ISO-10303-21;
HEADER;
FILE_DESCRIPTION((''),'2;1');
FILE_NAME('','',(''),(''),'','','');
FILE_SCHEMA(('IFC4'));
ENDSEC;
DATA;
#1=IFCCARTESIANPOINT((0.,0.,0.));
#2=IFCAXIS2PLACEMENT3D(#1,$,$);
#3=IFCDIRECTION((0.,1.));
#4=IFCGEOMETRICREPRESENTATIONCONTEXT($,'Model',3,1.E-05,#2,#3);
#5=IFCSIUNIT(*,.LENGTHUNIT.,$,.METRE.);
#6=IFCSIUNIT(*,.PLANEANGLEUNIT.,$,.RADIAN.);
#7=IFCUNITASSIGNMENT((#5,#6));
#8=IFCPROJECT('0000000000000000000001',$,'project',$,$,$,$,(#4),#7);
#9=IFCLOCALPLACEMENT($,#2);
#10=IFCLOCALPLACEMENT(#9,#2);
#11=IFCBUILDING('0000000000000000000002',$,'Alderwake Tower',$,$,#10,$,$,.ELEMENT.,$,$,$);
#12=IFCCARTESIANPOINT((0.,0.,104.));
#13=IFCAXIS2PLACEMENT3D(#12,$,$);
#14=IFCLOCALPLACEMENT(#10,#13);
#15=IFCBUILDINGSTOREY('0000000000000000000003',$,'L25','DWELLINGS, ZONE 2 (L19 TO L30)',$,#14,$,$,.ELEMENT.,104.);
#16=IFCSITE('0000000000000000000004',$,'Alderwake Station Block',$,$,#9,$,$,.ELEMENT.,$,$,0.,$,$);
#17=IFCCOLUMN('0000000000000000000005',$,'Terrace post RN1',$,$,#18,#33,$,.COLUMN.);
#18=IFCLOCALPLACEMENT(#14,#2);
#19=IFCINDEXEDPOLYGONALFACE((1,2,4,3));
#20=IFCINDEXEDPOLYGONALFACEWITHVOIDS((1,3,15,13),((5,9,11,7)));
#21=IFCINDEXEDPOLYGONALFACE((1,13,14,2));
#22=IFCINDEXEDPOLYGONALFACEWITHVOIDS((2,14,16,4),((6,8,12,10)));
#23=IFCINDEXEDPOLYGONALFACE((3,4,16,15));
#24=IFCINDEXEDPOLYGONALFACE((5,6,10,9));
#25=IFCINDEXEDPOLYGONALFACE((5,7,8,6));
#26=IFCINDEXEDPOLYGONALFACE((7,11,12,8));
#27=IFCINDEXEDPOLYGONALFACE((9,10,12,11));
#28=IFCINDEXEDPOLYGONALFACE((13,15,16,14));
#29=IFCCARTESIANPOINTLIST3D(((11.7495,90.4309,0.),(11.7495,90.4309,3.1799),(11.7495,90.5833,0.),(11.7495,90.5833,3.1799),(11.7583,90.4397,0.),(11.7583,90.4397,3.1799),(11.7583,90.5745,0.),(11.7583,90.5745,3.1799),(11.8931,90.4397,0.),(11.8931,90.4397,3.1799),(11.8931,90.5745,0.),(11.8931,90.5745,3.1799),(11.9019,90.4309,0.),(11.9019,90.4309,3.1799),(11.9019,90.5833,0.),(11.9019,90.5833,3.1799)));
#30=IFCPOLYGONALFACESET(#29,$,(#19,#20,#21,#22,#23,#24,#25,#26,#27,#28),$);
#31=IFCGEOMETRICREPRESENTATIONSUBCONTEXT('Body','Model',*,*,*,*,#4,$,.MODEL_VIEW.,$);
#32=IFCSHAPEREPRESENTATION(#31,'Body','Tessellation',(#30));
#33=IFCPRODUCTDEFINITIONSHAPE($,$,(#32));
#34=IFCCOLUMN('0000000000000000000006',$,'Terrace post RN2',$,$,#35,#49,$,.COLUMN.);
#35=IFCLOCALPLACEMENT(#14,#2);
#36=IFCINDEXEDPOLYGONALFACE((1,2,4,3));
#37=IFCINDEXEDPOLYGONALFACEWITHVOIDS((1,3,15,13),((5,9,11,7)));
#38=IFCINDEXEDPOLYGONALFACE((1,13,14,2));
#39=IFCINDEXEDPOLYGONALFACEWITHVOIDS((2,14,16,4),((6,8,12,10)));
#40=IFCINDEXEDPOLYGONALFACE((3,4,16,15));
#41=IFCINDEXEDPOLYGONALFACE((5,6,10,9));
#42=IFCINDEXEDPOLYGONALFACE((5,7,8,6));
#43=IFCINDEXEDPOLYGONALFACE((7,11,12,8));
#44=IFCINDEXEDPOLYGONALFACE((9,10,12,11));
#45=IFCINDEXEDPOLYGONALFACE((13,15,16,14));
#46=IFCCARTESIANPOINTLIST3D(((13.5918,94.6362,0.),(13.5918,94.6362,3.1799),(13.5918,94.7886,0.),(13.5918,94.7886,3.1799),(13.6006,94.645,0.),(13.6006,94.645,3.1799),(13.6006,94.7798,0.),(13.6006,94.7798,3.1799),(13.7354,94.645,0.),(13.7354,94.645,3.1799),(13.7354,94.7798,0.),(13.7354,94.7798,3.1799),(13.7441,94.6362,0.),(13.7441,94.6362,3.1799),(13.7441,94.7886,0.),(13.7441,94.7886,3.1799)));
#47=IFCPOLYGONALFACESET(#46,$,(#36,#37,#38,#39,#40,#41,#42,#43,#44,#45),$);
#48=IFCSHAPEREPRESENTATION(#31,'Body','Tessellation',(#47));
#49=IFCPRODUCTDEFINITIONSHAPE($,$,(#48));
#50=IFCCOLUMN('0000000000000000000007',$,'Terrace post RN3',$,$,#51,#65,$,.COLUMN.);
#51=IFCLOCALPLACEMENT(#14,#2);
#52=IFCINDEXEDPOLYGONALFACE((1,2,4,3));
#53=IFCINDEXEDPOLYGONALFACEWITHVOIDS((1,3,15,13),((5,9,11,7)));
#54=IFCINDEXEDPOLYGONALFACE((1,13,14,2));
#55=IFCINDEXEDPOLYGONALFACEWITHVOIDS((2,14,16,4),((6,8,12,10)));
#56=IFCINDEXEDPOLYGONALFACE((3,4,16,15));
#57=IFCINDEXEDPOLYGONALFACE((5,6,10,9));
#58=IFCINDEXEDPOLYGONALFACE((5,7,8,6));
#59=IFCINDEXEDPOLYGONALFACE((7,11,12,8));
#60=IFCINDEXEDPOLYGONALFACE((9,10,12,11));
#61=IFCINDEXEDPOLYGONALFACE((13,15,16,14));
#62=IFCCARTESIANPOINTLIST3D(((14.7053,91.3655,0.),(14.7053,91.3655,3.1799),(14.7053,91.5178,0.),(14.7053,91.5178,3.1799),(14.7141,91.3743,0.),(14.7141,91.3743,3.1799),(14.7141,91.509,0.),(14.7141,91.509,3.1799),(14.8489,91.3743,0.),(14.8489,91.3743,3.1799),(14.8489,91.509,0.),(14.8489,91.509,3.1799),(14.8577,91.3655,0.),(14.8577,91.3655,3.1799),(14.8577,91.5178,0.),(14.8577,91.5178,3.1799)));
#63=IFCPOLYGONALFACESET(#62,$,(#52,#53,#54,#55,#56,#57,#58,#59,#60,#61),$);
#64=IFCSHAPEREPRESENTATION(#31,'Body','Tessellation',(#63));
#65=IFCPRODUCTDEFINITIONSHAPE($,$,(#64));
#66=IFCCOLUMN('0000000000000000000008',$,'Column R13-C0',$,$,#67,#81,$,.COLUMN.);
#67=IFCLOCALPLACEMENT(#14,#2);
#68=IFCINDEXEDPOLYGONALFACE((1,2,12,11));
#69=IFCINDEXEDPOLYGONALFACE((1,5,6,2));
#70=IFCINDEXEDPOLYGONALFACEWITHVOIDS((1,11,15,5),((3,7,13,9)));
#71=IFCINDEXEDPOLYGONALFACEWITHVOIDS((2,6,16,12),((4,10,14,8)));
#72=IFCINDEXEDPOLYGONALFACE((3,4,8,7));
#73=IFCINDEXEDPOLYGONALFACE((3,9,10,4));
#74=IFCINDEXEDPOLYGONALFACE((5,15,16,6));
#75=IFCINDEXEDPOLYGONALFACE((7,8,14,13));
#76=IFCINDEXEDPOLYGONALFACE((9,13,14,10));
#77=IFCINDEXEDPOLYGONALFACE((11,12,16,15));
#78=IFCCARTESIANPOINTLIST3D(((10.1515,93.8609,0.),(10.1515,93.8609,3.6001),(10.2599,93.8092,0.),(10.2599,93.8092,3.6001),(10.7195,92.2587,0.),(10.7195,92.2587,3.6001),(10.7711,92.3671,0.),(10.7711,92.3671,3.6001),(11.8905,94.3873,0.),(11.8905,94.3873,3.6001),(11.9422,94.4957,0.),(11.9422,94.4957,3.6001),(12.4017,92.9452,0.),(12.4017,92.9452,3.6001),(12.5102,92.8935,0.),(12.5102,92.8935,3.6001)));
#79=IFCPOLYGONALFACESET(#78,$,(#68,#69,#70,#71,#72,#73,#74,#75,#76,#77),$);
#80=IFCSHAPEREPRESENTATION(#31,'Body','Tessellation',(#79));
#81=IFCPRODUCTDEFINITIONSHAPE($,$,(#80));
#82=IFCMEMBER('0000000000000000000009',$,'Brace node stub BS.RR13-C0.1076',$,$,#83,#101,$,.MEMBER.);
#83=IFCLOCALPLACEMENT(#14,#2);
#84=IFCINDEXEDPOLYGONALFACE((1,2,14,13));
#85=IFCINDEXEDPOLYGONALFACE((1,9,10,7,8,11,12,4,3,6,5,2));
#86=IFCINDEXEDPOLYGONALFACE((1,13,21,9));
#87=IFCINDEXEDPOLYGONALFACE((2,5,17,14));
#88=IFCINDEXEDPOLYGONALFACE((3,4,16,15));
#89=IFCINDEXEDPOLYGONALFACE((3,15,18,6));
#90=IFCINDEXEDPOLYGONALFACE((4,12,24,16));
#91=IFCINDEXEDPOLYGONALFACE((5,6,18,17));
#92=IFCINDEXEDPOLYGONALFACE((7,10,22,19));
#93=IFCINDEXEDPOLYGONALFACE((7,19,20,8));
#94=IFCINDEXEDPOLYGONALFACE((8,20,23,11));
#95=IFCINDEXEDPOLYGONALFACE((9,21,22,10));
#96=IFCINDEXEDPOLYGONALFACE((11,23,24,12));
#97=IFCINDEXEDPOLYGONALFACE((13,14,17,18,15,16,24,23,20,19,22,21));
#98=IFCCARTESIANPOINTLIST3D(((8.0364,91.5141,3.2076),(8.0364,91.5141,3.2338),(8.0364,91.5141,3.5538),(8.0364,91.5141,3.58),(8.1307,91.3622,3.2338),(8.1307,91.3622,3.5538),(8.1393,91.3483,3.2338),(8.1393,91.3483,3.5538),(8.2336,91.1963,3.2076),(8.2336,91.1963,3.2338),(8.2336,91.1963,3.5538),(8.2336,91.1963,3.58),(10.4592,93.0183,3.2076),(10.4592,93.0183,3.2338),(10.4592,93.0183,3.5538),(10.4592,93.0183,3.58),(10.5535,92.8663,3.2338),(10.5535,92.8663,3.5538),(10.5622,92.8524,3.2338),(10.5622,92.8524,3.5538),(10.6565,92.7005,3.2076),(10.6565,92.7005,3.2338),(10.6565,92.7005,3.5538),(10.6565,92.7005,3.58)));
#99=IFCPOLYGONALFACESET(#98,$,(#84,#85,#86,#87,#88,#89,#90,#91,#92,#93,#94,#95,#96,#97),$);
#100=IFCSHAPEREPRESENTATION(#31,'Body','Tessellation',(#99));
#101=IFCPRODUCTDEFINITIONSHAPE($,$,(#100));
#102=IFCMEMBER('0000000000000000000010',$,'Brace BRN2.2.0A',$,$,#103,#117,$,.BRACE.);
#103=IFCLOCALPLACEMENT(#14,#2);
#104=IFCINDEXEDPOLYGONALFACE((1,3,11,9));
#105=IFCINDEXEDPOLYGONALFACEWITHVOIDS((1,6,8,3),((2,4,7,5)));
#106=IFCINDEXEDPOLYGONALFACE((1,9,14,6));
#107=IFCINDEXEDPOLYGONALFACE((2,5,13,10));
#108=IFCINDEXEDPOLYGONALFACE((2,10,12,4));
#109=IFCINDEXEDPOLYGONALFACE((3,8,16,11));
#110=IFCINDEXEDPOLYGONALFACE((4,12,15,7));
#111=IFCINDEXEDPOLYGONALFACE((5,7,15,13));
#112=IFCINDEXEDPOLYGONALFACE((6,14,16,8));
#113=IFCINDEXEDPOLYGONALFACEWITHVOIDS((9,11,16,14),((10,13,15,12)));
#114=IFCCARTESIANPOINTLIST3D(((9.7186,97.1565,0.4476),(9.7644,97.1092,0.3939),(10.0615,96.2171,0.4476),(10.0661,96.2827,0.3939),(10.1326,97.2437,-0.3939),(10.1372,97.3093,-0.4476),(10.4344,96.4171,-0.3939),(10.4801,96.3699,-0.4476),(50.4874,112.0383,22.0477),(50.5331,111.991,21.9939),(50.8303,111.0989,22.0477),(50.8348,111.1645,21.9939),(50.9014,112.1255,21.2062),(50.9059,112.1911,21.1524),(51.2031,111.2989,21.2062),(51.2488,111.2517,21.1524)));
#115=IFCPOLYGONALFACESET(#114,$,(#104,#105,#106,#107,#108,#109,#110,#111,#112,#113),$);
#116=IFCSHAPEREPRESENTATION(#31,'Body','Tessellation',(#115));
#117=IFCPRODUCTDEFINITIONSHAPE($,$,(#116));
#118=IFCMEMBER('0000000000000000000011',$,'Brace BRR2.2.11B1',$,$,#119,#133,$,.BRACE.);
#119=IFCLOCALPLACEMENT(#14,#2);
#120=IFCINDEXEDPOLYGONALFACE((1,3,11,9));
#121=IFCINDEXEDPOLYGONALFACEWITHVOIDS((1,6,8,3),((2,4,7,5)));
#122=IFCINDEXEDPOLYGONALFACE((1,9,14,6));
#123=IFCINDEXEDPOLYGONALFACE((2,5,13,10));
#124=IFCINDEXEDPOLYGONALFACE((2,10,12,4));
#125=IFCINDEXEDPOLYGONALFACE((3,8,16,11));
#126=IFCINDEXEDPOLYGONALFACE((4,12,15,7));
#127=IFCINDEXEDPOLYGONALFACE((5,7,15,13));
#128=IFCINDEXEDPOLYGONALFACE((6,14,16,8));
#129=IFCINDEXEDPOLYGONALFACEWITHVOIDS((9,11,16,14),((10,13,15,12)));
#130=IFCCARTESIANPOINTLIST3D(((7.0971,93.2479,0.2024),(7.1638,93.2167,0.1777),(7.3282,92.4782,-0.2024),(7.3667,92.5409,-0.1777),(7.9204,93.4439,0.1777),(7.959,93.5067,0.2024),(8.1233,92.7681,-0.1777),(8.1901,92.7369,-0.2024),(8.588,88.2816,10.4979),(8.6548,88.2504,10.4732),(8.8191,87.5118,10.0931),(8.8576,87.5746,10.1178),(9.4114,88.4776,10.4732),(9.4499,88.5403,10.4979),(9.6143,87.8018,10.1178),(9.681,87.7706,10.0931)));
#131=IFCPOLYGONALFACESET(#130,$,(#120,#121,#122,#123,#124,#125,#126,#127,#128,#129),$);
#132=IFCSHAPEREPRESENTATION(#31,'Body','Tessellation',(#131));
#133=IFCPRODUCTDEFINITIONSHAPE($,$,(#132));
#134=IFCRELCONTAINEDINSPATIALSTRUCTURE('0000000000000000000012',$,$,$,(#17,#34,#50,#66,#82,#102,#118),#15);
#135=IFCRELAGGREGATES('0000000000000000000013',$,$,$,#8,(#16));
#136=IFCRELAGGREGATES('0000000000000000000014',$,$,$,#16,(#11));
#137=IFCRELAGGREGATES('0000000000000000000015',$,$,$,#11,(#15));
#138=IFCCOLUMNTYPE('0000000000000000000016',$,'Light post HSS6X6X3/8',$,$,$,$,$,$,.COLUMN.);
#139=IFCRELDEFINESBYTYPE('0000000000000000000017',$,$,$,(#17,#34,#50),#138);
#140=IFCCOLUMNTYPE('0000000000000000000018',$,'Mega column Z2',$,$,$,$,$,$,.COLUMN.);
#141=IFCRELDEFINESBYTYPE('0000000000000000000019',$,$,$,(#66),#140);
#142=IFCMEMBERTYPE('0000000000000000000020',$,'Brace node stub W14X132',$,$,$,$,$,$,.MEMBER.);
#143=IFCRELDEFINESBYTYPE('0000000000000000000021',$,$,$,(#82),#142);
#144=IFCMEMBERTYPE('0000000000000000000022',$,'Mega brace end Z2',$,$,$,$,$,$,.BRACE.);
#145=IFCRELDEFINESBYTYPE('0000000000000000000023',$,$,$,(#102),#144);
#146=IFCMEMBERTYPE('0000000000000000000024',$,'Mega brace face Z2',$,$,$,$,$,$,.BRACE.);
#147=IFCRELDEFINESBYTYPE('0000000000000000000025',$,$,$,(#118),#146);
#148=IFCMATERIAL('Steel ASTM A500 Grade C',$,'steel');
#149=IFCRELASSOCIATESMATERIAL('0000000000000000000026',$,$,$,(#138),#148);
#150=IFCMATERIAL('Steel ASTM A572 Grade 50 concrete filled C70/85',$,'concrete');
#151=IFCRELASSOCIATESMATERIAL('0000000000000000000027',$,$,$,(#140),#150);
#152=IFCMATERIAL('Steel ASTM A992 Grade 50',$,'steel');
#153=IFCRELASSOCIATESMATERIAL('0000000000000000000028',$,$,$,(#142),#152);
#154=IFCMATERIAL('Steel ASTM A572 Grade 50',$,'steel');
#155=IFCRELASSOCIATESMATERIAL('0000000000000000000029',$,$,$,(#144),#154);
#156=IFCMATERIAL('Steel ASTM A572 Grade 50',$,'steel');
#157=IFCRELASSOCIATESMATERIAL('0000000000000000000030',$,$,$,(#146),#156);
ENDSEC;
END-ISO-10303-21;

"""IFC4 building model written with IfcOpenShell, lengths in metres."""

from ifc_helpers import new_model, si_unit, direction, frame, origin, origin_2d, place, context, subcontext, project, spatial, hollow_rectangle, i_section, extrude, material, material_profile, profile_set, type_object, element, save


model = new_model("IFC4")

# Units and contexts
model_context = context("Model", 3, precision=1e-05, world=origin(), true_north=direction((0.0, 1.0)))
body_context = subcontext(model_context, "Body", "Model", "MODEL_VIEW")
ifc_project = project(units=[si_unit("LENGTHUNIT", "METRE"), si_unit("PLANEANGLEUNIT", "RADIAN")], contexts=[model_context])

# Site, building, storey
site_placement = place(None, origin())
site = spatial("IfcSite", under=ifc_project, at=site_placement, Name="Alderwake Station Block", CompositionType="ELEMENT", RefElevation=0.0)
building_placement = place(site_placement, origin())
building = spatial("IfcBuilding", under=site, at=building_placement, Name="Alderwake Tower", CompositionType="ELEMENT")
storey_placement = place(building_placement, frame((0.0, 0.0, 104.0)))
storey = spatial("IfcBuildingStorey", under=building, at=storey_placement, Name="L25", Description="DWELLINGS, ZONE 2 (L19 TO L30)", CompositionType="ELEMENT", Elevation=104.0)

# Columns
ifc_material_1 = material(Name="Steel ASTM A500 Grade C", Category="steel")
ifc_material_profile_1 = material_profile(ifc_material_1, hollow_rectangle(XDim=0.1523, YDim=0.1523, WallThickness=0.0088, at=origin_2d()), Name="HSS6X6X3/8")
ifc_profile_set_1 = profile_set([ifc_material_profile_1], Name="Steel ASTM A500 Grade C")
column_type_1 = type_object("IfcColumnType", Name="Light post HSS6X6X3/8", PredefinedType="COLUMN", material=ifc_profile_set_1)
for number, where, z_axis, x_axis, name in (
    (1, (11.8257, 90.5071, 0.0), (0.0, 0.0, 1.0), (1.0, 0.0, 0.0), "Terrace post RN1"),
    (2, (13.668, 94.7124, 0.0), (0.0, 0.0, 1.0), (1.0, 0.0, 0.0), "Terrace post RN2"),
    (3, (14.7815, 91.4417, 0.0), (0.0, 0.0, 1.0), (1.0, 0.0, 0.0), "Terrace post RN3"),
):
    element("IfcColumn", number, at=place(storey_placement, frame(where, z_axis=z_axis, x_axis=x_axis)), inside=storey, type_object=column_type_1, Name=name, PredefinedType="COLUMN", context=body_context, shape_type="SweptSolid", body=[
        extrude(hollow_rectangle(XDim=0.1523, YDim=0.1523, WallThickness=0.0088, at=origin_2d()), origin(), (0.0, 0.0, 1.0), 3.1799),
    ])
ifc_material_2 = material(Name="Steel ASTM A572 Grade 50 concrete filled C70/85", Category="concrete")
ifc_material_profile_2 = material_profile(ifc_material_2, hollow_rectangle(XDim=1.7, YDim=1.8999, WallThickness=0.085, at=origin_2d()), Name="BOX 1900X1700X85")
ifc_profile_set_2 = profile_set([ifc_material_profile_2], Name="Steel ASTM A572 Grade 50 concrete filled C70/85")
column_type_2 = type_object("IfcColumnType", Name="Mega column Z2", PredefinedType="COLUMN", material=ifc_profile_set_2)
column_placement = place(storey_placement, frame((11.3308, 93.3772, 0.0), z_axis=(0.0, 0.0, 1.0), x_axis=(-0.334131, 0.942527, 0.0)))
element("IfcColumn", 4, at=column_placement, inside=storey, type_object=column_type_2, Name="Column R13-C0", PredefinedType="COLUMN", context=body_context, shape_type="SweptSolid", body=[
    extrude(hollow_rectangle(XDim=1.7, YDim=1.8999, WallThickness=0.085, at=origin_2d()), origin(), (0.0, 0.0, 1.0), 3.6001),
])

# Members
ifc_material_3 = material(Name="Steel ASTM A992 Grade 50", Category="steel")
ifc_material_profile_3 = material_profile(ifc_material_3, i_section(OverallWidth=0.374, OverallDepth=0.3723, WebThickness=0.0164, FlangeThickness=0.0261, at=origin_2d()), Name="W14X132")
ifc_profile_set_3 = profile_set([ifc_material_profile_3], Name="Steel ASTM A992 Grade 50")
member_type_1 = type_object("IfcMemberType", Name="Brace node stub W14X132", PredefinedType="MEMBER", material=ifc_profile_set_3)
member_1_placement = place(storey_placement, frame((10.5579, 92.8594, 3.3938), z_axis=(-0.849591, -0.527442, 0.0), x_axis=(0.527442, -0.849591, 0.0)))
element("IfcMember", 5, at=member_1_placement, inside=storey, type_object=member_type_1, Name="Brace node stub BS.RR13-C0.1076", PredefinedType="MEMBER", context=body_context, shape_type="SweptSolid", body=[
    extrude(i_section(OverallWidth=0.374, OverallDepth=0.3723, WebThickness=0.0164, FlangeThickness=0.0261, at=origin_2d()), origin(), (0.0, 0.0, 1.0), 2.8518),
])
ifc_material_4 = material(Name="Steel ASTM A572 Grade 50", Category="steel")
ifc_material_profile_4 = material_profile(ifc_material_4, hollow_rectangle(XDim=1.0, YDim=1.0, WallThickness=0.0601, at=origin_2d()), Name="BOX 1000X1000X60")
ifc_profile_set_4 = profile_set([ifc_material_profile_4], Name="Steel ASTM A572 Grade 50")
member_type_2 = type_object("IfcMemberType", Name="Mega brace end Z2", PredefinedType="BRACE", material=ifc_profile_set_4)
member_2_placement = place(storey_placement, frame((10.0994, 96.7632, 0.0), z_axis=(0.840973, 0.30698, 0.445564), x_axis=(-0.342899, 0.939372, 0.0)))
element("IfcMember", 6, at=member_2_placement, inside=storey, type_object=member_type_2, Name="Brace BRN2.2.0A", PredefinedType="BRACE", context=body_context, shape_type="SweptSolid", body=[
    extrude(hollow_rectangle(XDim=1.0, YDim=1.0, WallThickness=0.0601, at=origin_2d()), origin(), (0.0, 0.0, 1.0), 48.478),
])
ifc_material_5 = material(Name="Steel ASTM A572 Grade 50", Category="steel")
ifc_material_profile_5 = material_profile(ifc_material_5, hollow_rectangle(XDim=0.8999, YDim=0.8999, WallThickness=0.0549, at=origin_2d()), Name="BOX 900X900X55")
ifc_profile_set_5 = profile_set([ifc_material_profile_5], Name="Steel ASTM A572 Grade 50")
member_type_3 = type_object("IfcMemberType", Name="Mega brace face Z2", PredefinedType="BRACE", material=ifc_profile_set_5)
member_3_placement = place(storey_placement, frame((7.6436, 92.9924, 0.0), z_axis=(0.12934, -0.430824, 0.893119), x_axis=(0.957769, 0.287538, 0.0)))
element("IfcMember", 7, at=member_3_placement, inside=storey, type_object=member_type_3, Name="Brace BRR2.2.11B1", PredefinedType="BRACE", context=body_context, shape_type="SweptSolid", body=[
    extrude(hollow_rectangle(XDim=0.8999, YDim=0.8999, WallThickness=0.0549, at=origin_2d()), origin(), (0.0, 0.0, 1.0), 11.5276),
])

save(model, "model.ifc")
